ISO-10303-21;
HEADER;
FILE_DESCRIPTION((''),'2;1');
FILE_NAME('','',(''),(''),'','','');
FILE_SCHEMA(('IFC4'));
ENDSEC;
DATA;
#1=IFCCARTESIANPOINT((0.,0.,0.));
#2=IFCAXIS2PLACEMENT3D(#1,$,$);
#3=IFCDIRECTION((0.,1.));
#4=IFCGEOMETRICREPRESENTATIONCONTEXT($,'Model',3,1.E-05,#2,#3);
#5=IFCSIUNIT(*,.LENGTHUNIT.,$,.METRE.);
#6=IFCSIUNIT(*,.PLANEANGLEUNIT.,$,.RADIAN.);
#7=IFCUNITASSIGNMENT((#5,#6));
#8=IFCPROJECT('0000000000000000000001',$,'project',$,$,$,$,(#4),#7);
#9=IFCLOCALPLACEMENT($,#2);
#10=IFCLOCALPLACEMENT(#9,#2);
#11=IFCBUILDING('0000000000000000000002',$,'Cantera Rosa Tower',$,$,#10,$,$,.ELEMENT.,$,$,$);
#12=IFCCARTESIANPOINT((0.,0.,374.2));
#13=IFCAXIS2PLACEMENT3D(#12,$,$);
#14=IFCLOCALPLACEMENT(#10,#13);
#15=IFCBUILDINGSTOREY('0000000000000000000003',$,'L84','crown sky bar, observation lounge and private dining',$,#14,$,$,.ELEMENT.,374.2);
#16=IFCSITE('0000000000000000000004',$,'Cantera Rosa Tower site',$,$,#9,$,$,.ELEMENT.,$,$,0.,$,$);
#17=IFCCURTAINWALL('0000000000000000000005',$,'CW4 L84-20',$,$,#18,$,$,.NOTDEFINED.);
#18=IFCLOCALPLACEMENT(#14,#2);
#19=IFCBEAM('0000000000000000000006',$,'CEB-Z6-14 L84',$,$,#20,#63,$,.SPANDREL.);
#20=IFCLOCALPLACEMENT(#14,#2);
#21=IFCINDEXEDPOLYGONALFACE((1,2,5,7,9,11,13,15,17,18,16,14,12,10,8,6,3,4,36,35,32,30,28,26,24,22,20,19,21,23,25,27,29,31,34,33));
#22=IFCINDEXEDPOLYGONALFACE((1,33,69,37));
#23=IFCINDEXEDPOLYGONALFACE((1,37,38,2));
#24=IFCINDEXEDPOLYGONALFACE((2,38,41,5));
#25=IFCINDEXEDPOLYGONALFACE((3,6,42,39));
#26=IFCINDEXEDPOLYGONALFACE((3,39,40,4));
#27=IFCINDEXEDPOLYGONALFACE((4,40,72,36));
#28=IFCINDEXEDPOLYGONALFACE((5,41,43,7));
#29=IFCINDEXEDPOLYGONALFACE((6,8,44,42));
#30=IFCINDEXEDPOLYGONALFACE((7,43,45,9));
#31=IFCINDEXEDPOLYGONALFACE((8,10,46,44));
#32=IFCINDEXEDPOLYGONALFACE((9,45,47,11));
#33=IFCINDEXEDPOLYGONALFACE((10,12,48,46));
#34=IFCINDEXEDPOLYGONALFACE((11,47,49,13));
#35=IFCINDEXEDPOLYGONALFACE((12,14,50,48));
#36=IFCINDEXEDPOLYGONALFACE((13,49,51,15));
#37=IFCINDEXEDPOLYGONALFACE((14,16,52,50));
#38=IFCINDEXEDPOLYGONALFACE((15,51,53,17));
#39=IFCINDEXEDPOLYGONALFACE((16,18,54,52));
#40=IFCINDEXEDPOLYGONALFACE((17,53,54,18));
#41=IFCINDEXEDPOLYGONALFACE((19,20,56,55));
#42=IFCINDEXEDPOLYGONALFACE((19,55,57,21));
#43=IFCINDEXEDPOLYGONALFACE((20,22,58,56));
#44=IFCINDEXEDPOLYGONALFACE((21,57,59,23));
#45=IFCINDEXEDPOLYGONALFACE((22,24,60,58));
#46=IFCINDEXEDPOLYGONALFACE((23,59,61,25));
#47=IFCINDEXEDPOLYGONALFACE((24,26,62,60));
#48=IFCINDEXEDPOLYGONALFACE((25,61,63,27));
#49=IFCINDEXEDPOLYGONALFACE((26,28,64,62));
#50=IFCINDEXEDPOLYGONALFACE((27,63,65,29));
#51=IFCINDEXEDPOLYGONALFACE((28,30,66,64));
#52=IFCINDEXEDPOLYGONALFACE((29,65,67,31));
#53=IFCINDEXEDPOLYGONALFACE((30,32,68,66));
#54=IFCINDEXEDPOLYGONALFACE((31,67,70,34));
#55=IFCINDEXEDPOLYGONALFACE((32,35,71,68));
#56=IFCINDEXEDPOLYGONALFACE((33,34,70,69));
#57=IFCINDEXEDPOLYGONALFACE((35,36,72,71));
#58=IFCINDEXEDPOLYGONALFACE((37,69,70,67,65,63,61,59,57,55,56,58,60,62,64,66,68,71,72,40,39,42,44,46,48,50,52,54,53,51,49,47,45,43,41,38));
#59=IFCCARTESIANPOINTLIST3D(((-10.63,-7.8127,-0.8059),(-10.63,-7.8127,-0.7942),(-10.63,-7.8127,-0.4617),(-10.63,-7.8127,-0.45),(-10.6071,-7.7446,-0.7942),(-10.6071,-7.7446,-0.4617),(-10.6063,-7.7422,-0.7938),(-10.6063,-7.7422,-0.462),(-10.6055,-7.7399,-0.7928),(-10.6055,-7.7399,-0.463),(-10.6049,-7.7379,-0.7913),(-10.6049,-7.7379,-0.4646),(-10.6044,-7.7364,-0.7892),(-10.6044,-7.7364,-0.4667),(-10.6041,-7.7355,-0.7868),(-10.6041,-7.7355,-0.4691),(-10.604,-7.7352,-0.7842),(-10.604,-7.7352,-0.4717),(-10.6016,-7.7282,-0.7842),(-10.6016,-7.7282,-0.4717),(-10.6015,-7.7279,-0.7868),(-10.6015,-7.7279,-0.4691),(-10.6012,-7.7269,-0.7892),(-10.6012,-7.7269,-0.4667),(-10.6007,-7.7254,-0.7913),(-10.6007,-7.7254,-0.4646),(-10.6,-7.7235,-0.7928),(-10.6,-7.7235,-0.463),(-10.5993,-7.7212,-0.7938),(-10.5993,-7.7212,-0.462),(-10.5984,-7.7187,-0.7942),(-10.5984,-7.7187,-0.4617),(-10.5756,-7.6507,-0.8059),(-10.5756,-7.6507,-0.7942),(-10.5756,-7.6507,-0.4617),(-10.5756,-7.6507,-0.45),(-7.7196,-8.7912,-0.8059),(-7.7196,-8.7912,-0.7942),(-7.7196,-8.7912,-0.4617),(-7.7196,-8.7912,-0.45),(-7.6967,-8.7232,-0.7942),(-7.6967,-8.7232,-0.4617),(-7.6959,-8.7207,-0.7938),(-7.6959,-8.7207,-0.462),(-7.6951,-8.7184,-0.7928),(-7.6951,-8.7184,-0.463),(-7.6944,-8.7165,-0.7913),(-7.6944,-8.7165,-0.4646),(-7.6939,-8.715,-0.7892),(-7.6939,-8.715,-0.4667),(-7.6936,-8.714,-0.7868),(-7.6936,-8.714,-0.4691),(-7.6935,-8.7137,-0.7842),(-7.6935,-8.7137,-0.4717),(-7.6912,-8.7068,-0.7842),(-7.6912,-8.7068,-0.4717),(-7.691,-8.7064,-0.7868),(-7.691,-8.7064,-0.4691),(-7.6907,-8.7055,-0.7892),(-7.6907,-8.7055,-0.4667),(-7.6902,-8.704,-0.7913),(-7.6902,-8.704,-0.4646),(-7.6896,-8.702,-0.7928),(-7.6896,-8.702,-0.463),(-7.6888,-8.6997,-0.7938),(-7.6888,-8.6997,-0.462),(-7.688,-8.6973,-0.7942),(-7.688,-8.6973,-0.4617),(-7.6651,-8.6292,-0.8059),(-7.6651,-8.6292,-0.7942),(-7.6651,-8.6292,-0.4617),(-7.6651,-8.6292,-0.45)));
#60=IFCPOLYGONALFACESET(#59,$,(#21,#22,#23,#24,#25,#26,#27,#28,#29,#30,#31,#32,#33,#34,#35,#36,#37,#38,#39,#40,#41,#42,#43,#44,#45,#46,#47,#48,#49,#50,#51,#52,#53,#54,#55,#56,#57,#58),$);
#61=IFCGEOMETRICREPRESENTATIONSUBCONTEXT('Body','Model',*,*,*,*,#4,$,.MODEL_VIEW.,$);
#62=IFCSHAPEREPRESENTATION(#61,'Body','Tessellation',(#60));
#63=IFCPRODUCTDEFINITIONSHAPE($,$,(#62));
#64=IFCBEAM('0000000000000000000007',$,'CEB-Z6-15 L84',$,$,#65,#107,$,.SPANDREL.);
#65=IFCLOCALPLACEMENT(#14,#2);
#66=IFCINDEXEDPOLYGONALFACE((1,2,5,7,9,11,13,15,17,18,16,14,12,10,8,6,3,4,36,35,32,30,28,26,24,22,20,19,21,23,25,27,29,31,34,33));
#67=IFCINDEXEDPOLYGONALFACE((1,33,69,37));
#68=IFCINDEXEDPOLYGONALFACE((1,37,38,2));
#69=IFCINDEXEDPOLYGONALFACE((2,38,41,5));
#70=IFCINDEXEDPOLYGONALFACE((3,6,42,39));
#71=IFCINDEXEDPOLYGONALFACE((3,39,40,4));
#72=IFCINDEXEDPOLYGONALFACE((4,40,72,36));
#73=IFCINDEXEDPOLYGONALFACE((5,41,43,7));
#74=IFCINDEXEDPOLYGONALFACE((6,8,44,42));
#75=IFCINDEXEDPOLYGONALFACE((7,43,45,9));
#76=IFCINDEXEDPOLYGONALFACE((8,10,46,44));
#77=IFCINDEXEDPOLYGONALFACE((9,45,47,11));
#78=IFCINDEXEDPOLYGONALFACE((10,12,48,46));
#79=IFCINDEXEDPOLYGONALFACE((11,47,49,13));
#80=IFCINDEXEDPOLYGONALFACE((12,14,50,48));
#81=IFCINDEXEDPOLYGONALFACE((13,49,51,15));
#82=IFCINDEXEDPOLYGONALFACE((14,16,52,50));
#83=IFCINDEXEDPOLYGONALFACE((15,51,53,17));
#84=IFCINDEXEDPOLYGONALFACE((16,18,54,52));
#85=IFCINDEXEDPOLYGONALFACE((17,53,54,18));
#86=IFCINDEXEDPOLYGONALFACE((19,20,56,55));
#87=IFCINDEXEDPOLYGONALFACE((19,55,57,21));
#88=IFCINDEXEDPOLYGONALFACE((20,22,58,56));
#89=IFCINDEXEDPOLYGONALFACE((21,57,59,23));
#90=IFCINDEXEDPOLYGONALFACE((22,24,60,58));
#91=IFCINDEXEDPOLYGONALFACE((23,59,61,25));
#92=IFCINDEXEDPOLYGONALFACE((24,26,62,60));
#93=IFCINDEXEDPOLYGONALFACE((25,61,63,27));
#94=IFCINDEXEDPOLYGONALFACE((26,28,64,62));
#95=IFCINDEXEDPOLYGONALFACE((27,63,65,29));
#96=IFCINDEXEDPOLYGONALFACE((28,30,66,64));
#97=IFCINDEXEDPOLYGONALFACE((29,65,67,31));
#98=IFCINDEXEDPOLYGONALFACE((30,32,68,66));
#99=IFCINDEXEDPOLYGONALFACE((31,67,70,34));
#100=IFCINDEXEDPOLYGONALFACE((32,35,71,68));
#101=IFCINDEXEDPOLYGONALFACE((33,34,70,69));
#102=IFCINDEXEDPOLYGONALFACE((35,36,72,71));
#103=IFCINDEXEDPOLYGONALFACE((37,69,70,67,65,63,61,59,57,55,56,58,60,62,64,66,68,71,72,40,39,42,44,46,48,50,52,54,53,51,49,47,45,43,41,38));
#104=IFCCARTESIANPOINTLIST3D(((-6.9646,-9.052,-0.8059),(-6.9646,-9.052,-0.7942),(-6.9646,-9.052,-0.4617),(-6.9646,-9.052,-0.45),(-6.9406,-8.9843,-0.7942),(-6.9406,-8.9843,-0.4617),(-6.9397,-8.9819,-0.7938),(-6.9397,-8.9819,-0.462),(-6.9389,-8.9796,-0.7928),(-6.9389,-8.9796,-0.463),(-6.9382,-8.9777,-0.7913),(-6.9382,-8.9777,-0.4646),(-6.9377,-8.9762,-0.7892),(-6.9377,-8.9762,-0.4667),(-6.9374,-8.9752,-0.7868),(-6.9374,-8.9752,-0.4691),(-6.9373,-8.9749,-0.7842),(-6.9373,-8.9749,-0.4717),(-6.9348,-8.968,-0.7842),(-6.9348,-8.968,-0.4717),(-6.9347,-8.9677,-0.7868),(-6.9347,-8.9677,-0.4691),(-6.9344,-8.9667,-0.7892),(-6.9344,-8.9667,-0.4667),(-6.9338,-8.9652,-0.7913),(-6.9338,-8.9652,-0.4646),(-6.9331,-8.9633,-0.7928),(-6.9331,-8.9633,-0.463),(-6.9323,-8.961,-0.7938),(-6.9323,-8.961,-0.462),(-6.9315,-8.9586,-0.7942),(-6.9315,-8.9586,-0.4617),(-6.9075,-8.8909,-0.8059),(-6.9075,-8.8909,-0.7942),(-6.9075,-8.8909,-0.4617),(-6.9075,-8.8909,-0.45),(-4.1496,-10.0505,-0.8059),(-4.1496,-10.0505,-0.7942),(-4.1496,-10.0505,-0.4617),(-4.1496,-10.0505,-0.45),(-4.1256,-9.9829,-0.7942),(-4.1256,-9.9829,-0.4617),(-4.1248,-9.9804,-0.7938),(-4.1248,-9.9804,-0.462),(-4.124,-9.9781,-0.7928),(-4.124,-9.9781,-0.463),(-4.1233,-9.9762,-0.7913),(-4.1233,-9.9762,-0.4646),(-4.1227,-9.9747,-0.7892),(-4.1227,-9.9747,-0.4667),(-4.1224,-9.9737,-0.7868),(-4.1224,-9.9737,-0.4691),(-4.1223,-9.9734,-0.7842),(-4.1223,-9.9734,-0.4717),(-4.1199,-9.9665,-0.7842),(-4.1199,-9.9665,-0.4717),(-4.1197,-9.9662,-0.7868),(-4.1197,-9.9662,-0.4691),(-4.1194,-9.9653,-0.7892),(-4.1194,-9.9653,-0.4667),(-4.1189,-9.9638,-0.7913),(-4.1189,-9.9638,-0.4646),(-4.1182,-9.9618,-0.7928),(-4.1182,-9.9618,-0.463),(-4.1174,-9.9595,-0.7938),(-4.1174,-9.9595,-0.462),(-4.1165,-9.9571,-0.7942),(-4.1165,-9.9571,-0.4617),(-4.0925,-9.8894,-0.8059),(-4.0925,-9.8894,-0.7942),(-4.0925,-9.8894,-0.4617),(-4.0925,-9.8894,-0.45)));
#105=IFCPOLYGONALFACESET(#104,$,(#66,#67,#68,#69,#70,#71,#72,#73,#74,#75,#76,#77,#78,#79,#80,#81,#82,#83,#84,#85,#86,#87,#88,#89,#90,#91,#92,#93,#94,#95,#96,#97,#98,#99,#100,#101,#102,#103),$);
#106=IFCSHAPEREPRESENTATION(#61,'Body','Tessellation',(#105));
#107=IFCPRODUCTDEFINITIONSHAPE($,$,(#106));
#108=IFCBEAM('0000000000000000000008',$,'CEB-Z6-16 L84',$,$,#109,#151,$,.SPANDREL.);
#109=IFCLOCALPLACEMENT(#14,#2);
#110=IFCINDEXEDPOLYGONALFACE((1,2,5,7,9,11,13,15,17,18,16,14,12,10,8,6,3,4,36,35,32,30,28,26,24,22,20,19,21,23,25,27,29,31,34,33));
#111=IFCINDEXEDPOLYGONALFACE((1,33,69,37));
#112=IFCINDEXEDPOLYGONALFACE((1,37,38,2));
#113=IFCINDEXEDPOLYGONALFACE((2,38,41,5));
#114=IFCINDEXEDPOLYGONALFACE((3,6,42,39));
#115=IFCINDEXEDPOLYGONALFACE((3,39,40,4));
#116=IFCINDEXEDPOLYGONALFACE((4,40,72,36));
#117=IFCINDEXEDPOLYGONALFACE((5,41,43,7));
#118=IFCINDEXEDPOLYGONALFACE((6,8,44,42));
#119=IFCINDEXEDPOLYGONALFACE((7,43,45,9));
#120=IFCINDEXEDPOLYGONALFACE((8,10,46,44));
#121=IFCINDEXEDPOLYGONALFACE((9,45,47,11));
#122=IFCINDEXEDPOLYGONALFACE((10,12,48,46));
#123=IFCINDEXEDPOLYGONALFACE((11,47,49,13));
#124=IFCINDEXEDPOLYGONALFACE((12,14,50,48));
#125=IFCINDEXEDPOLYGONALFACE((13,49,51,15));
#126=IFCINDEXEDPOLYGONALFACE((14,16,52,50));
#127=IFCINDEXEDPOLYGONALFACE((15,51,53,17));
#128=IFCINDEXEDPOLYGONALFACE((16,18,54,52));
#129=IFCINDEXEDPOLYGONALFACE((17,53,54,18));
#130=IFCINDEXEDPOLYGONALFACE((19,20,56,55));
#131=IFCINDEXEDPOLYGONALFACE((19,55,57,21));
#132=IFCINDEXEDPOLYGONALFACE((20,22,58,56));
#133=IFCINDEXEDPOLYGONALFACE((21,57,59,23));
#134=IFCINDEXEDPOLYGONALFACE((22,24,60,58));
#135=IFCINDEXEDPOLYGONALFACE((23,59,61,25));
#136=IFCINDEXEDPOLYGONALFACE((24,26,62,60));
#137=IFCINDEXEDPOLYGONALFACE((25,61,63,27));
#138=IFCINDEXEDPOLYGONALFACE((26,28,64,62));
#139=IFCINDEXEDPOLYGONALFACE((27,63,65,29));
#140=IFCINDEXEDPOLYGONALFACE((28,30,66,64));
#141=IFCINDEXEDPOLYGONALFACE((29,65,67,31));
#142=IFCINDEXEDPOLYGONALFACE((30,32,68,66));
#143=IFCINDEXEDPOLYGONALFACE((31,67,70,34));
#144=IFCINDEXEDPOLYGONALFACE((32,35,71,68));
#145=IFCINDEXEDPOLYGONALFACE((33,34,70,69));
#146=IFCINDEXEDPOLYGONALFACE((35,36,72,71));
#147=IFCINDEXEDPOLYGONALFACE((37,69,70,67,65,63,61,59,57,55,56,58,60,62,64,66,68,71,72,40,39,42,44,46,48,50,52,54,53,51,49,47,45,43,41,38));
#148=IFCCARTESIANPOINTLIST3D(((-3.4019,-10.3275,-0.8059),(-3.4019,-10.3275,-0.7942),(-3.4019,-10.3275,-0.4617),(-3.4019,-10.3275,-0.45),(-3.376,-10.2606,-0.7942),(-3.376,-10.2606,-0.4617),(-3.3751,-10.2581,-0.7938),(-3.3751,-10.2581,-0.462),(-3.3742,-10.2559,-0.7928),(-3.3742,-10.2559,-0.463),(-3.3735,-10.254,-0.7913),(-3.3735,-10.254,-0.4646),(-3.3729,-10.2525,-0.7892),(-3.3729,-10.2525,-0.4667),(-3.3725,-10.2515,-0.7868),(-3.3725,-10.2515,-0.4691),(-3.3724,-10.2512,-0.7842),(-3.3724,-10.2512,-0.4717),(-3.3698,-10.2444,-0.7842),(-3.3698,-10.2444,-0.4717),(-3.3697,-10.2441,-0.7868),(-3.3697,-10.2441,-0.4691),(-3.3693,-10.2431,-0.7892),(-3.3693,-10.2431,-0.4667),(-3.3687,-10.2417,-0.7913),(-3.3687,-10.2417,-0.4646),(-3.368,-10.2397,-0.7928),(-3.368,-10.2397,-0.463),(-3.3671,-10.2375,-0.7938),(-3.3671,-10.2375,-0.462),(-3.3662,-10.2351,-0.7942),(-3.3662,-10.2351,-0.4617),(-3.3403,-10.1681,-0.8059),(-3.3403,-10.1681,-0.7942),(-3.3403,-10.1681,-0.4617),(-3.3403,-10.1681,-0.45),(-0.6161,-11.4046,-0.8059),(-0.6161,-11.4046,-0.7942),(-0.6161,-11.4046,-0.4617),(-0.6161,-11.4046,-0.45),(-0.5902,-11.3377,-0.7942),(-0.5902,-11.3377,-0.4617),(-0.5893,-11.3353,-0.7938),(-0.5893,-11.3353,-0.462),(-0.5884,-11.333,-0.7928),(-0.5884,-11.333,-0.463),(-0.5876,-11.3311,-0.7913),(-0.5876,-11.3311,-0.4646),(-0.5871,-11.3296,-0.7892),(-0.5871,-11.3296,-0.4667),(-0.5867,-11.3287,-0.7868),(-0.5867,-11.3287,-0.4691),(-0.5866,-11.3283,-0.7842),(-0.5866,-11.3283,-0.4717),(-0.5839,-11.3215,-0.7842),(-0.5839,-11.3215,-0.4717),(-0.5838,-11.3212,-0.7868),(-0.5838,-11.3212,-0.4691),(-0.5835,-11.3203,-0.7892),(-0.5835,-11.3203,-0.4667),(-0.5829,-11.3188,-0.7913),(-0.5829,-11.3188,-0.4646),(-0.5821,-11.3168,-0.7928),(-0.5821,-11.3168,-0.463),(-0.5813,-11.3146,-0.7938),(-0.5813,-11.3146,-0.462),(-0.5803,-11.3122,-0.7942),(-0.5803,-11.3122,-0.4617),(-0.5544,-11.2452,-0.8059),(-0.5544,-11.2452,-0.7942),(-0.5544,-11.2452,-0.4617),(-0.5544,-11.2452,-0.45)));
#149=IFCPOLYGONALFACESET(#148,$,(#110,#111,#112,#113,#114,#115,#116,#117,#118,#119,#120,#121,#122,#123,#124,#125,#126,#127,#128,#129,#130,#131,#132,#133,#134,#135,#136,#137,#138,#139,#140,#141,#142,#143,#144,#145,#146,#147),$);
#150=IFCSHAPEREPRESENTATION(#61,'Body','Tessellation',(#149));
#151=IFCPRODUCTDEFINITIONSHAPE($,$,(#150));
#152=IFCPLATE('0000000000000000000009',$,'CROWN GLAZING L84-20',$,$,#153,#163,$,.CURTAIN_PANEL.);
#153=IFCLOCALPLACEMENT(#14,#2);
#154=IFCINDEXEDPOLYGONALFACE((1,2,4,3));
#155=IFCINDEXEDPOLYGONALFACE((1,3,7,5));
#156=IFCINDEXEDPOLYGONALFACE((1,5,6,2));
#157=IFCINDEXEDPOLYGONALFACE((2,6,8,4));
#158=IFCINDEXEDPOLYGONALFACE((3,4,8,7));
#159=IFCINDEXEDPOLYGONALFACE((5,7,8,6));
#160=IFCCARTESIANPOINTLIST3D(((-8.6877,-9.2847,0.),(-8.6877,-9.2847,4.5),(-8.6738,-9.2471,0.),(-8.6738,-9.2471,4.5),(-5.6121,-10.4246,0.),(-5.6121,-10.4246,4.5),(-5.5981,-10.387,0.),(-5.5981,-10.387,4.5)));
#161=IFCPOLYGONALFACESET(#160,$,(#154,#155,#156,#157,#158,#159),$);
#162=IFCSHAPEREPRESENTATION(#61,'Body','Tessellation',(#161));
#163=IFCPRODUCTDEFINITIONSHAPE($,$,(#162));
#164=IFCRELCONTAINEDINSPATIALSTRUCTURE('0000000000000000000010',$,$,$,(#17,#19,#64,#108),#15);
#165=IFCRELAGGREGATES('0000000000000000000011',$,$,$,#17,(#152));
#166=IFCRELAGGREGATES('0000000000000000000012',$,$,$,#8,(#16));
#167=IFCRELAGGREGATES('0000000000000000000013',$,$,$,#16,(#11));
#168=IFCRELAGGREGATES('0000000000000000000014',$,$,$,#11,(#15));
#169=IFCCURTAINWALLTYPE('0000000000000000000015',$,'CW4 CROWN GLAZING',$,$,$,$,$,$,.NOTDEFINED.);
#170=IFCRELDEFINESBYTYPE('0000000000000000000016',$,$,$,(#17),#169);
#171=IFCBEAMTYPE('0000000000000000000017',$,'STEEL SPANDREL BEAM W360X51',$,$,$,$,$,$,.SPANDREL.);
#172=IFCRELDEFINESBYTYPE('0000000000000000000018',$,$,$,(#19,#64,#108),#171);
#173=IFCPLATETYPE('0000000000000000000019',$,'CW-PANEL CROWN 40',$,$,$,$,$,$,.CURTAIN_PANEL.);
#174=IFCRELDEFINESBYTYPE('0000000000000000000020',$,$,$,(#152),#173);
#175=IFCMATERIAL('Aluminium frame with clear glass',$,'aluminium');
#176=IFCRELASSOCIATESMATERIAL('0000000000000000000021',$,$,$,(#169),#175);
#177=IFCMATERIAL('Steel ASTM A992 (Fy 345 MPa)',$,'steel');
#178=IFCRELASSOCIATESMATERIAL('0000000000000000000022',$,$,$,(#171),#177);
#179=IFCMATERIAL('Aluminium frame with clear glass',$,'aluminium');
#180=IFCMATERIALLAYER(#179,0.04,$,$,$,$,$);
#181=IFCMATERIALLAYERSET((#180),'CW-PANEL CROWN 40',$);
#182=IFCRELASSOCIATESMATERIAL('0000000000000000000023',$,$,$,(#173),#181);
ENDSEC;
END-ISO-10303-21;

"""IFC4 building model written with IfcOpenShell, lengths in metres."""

from ifc_helpers import new_model, si_unit, direction, frame, origin, origin_2d, place, context, subcontext, project, spatial, polyline, i_section, outline, extrude, material, layer, layer_set, material_profile, profile_set, type_object, element, aggregate, save


model = new_model("IFC4")

# Units and contexts
model_context = context("Model", 3, precision=1e-05, world=origin(), true_north=direction((0.0, 1.0)))
body_context = subcontext(model_context, "Body", "Model", "MODEL_VIEW")
ifc_project = project(units=[si_unit("LENGTHUNIT", "METRE"), si_unit("PLANEANGLEUNIT", "RADIAN")], contexts=[model_context])

# Site, building, storey
site_placement = place(None, origin())
site = spatial("IfcSite", under=ifc_project, at=site_placement, Name="Cantera Rosa Tower site", CompositionType="ELEMENT", RefElevation=0.0)
building_placement = place(site_placement, origin())
building = spatial("IfcBuilding", under=site, at=building_placement, Name="Cantera Rosa Tower", CompositionType="ELEMENT")
storey_placement = place(building_placement, frame((0.0, 0.0, 374.2)))
storey = spatial("IfcBuildingStorey", under=building, at=storey_placement, Name="L84", Description="crown sky bar, observation lounge and private dining", CompositionType="ELEMENT", Elevation=374.2)

# Curtain wall
ifc_material_1 = material(Name="Aluminium frame with clear glass", Category="aluminium")
curtain_wall_type = type_object("IfcCurtainWallType", Name="CW4 CROWN GLAZING", PredefinedType="NOTDEFINED", material=ifc_material_1)
curtain_wall_1_placement = place(storey_placement, origin())
curtain_wall_1 = element("IfcCurtainWall", 1, at=curtain_wall_1_placement, inside=storey, type_object=curtain_wall_type, Name="CW4 L84-20", PredefinedType="NOTDEFINED")

# Beams
ifc_material_2 = material(Name="Steel ASTM A992 (Fy 345 MPa)", Category="steel")
ifc_material_profile_1 = material_profile(ifc_material_2, i_section(OverallWidth=0.1709, OverallDepth=0.356, WebThickness=0.0073, FlangeThickness=0.0117, FilletRadius=0.01, at=origin_2d()), Name="W360X51")
ifc_profile_set_1 = profile_set([ifc_material_profile_1], Name="Steel ASTM A992 (Fy 345 MPa)")
beam_type_1 = type_object("IfcBeamType", Name="STEEL SPANDREL BEAM W360X51", PredefinedType="SPANDREL", material=ifc_profile_set_1)
beam_1_placement = place(storey_placement, frame((-10.6028, -7.7317, -0.6279), z_axis=(0.947861, -0.318684, 0.0), x_axis=(0.318684, 0.947861, 0.0)))
element("IfcBeam", 2, at=beam_1_placement, inside=storey, type_object=beam_type_1, Name="CEB-Z6-14 L84", PredefinedType="SPANDREL", context=body_context, shape_type="SweptSolid", body=[
    extrude(i_section(OverallWidth=0.1709, OverallDepth=0.356, WebThickness=0.0073, FlangeThickness=0.0117, FilletRadius=0.01, at=origin_2d()), origin(), (0.0, 0.0, 1.0), 3.0706),
])
for number, where, z_axis, x_axis, name in (
    (3, (-6.936, -8.9714, -0.6279), (0.942461, -0.334316, 0.0), (0.334316, 0.942461, 0.0), "CEB-Z6-15 L84"),
    (4, (-3.3711, -10.2478, -0.6279), (0.93271, -0.360627, 0.0), (0.360627, 0.93271, 0.0), "CEB-Z6-16 L84"),
):
    element("IfcBeam", number, at=place(storey_placement, frame(where, z_axis=z_axis, x_axis=x_axis)), inside=storey, type_object=beam_type_1, Name=name, PredefinedType="SPANDREL", context=body_context, shape_type="SweptSolid", body=[
        extrude(i_section(OverallWidth=0.1709, OverallDepth=0.356, WebThickness=0.0073, FlangeThickness=0.0117, FilletRadius=0.01, at=origin_2d()), origin(), (0.0, 0.0, 1.0), 2.9868),
    ])

# Plate
ifc_material_3 = material(Name="Aluminium frame with clear glass", Category="aluminium")
ifc_layer_1 = layer(ifc_material_3, 0.04)
ifc_layer_set_1 = layer_set([ifc_layer_1], Name="CW-PANEL CROWN 40")
plate_type = type_object("IfcPlateType", Name="CW-PANEL CROWN 40", PredefinedType="CURTAIN_PANEL", material=ifc_layer_set_1)
plate_placement = place(storey_placement, frame((-8.6877, -9.2847, 0.0), z_axis=(-0.347516, -0.937674, 0.0), x_axis=(0.937674, -0.347516, 0.0)))
plate = element("IfcPlate", 5, at=plate_placement, type_object=plate_type, Name="CROWN GLAZING L84-20", PredefinedType="CURTAIN_PANEL", context=body_context, shape_type="SweptSolid", body=[
    extrude(outline(polyline([(0.0, 0.0), (3.2801, 0.0), (3.2801, 4.5), (0.0, 4.5), (0.0, 0.0)])), origin(), (0.0, 0.0, -1.0), 0.04),
])

aggregate(curtain_wall_1, [plate])

save(model, "model.ifc")
